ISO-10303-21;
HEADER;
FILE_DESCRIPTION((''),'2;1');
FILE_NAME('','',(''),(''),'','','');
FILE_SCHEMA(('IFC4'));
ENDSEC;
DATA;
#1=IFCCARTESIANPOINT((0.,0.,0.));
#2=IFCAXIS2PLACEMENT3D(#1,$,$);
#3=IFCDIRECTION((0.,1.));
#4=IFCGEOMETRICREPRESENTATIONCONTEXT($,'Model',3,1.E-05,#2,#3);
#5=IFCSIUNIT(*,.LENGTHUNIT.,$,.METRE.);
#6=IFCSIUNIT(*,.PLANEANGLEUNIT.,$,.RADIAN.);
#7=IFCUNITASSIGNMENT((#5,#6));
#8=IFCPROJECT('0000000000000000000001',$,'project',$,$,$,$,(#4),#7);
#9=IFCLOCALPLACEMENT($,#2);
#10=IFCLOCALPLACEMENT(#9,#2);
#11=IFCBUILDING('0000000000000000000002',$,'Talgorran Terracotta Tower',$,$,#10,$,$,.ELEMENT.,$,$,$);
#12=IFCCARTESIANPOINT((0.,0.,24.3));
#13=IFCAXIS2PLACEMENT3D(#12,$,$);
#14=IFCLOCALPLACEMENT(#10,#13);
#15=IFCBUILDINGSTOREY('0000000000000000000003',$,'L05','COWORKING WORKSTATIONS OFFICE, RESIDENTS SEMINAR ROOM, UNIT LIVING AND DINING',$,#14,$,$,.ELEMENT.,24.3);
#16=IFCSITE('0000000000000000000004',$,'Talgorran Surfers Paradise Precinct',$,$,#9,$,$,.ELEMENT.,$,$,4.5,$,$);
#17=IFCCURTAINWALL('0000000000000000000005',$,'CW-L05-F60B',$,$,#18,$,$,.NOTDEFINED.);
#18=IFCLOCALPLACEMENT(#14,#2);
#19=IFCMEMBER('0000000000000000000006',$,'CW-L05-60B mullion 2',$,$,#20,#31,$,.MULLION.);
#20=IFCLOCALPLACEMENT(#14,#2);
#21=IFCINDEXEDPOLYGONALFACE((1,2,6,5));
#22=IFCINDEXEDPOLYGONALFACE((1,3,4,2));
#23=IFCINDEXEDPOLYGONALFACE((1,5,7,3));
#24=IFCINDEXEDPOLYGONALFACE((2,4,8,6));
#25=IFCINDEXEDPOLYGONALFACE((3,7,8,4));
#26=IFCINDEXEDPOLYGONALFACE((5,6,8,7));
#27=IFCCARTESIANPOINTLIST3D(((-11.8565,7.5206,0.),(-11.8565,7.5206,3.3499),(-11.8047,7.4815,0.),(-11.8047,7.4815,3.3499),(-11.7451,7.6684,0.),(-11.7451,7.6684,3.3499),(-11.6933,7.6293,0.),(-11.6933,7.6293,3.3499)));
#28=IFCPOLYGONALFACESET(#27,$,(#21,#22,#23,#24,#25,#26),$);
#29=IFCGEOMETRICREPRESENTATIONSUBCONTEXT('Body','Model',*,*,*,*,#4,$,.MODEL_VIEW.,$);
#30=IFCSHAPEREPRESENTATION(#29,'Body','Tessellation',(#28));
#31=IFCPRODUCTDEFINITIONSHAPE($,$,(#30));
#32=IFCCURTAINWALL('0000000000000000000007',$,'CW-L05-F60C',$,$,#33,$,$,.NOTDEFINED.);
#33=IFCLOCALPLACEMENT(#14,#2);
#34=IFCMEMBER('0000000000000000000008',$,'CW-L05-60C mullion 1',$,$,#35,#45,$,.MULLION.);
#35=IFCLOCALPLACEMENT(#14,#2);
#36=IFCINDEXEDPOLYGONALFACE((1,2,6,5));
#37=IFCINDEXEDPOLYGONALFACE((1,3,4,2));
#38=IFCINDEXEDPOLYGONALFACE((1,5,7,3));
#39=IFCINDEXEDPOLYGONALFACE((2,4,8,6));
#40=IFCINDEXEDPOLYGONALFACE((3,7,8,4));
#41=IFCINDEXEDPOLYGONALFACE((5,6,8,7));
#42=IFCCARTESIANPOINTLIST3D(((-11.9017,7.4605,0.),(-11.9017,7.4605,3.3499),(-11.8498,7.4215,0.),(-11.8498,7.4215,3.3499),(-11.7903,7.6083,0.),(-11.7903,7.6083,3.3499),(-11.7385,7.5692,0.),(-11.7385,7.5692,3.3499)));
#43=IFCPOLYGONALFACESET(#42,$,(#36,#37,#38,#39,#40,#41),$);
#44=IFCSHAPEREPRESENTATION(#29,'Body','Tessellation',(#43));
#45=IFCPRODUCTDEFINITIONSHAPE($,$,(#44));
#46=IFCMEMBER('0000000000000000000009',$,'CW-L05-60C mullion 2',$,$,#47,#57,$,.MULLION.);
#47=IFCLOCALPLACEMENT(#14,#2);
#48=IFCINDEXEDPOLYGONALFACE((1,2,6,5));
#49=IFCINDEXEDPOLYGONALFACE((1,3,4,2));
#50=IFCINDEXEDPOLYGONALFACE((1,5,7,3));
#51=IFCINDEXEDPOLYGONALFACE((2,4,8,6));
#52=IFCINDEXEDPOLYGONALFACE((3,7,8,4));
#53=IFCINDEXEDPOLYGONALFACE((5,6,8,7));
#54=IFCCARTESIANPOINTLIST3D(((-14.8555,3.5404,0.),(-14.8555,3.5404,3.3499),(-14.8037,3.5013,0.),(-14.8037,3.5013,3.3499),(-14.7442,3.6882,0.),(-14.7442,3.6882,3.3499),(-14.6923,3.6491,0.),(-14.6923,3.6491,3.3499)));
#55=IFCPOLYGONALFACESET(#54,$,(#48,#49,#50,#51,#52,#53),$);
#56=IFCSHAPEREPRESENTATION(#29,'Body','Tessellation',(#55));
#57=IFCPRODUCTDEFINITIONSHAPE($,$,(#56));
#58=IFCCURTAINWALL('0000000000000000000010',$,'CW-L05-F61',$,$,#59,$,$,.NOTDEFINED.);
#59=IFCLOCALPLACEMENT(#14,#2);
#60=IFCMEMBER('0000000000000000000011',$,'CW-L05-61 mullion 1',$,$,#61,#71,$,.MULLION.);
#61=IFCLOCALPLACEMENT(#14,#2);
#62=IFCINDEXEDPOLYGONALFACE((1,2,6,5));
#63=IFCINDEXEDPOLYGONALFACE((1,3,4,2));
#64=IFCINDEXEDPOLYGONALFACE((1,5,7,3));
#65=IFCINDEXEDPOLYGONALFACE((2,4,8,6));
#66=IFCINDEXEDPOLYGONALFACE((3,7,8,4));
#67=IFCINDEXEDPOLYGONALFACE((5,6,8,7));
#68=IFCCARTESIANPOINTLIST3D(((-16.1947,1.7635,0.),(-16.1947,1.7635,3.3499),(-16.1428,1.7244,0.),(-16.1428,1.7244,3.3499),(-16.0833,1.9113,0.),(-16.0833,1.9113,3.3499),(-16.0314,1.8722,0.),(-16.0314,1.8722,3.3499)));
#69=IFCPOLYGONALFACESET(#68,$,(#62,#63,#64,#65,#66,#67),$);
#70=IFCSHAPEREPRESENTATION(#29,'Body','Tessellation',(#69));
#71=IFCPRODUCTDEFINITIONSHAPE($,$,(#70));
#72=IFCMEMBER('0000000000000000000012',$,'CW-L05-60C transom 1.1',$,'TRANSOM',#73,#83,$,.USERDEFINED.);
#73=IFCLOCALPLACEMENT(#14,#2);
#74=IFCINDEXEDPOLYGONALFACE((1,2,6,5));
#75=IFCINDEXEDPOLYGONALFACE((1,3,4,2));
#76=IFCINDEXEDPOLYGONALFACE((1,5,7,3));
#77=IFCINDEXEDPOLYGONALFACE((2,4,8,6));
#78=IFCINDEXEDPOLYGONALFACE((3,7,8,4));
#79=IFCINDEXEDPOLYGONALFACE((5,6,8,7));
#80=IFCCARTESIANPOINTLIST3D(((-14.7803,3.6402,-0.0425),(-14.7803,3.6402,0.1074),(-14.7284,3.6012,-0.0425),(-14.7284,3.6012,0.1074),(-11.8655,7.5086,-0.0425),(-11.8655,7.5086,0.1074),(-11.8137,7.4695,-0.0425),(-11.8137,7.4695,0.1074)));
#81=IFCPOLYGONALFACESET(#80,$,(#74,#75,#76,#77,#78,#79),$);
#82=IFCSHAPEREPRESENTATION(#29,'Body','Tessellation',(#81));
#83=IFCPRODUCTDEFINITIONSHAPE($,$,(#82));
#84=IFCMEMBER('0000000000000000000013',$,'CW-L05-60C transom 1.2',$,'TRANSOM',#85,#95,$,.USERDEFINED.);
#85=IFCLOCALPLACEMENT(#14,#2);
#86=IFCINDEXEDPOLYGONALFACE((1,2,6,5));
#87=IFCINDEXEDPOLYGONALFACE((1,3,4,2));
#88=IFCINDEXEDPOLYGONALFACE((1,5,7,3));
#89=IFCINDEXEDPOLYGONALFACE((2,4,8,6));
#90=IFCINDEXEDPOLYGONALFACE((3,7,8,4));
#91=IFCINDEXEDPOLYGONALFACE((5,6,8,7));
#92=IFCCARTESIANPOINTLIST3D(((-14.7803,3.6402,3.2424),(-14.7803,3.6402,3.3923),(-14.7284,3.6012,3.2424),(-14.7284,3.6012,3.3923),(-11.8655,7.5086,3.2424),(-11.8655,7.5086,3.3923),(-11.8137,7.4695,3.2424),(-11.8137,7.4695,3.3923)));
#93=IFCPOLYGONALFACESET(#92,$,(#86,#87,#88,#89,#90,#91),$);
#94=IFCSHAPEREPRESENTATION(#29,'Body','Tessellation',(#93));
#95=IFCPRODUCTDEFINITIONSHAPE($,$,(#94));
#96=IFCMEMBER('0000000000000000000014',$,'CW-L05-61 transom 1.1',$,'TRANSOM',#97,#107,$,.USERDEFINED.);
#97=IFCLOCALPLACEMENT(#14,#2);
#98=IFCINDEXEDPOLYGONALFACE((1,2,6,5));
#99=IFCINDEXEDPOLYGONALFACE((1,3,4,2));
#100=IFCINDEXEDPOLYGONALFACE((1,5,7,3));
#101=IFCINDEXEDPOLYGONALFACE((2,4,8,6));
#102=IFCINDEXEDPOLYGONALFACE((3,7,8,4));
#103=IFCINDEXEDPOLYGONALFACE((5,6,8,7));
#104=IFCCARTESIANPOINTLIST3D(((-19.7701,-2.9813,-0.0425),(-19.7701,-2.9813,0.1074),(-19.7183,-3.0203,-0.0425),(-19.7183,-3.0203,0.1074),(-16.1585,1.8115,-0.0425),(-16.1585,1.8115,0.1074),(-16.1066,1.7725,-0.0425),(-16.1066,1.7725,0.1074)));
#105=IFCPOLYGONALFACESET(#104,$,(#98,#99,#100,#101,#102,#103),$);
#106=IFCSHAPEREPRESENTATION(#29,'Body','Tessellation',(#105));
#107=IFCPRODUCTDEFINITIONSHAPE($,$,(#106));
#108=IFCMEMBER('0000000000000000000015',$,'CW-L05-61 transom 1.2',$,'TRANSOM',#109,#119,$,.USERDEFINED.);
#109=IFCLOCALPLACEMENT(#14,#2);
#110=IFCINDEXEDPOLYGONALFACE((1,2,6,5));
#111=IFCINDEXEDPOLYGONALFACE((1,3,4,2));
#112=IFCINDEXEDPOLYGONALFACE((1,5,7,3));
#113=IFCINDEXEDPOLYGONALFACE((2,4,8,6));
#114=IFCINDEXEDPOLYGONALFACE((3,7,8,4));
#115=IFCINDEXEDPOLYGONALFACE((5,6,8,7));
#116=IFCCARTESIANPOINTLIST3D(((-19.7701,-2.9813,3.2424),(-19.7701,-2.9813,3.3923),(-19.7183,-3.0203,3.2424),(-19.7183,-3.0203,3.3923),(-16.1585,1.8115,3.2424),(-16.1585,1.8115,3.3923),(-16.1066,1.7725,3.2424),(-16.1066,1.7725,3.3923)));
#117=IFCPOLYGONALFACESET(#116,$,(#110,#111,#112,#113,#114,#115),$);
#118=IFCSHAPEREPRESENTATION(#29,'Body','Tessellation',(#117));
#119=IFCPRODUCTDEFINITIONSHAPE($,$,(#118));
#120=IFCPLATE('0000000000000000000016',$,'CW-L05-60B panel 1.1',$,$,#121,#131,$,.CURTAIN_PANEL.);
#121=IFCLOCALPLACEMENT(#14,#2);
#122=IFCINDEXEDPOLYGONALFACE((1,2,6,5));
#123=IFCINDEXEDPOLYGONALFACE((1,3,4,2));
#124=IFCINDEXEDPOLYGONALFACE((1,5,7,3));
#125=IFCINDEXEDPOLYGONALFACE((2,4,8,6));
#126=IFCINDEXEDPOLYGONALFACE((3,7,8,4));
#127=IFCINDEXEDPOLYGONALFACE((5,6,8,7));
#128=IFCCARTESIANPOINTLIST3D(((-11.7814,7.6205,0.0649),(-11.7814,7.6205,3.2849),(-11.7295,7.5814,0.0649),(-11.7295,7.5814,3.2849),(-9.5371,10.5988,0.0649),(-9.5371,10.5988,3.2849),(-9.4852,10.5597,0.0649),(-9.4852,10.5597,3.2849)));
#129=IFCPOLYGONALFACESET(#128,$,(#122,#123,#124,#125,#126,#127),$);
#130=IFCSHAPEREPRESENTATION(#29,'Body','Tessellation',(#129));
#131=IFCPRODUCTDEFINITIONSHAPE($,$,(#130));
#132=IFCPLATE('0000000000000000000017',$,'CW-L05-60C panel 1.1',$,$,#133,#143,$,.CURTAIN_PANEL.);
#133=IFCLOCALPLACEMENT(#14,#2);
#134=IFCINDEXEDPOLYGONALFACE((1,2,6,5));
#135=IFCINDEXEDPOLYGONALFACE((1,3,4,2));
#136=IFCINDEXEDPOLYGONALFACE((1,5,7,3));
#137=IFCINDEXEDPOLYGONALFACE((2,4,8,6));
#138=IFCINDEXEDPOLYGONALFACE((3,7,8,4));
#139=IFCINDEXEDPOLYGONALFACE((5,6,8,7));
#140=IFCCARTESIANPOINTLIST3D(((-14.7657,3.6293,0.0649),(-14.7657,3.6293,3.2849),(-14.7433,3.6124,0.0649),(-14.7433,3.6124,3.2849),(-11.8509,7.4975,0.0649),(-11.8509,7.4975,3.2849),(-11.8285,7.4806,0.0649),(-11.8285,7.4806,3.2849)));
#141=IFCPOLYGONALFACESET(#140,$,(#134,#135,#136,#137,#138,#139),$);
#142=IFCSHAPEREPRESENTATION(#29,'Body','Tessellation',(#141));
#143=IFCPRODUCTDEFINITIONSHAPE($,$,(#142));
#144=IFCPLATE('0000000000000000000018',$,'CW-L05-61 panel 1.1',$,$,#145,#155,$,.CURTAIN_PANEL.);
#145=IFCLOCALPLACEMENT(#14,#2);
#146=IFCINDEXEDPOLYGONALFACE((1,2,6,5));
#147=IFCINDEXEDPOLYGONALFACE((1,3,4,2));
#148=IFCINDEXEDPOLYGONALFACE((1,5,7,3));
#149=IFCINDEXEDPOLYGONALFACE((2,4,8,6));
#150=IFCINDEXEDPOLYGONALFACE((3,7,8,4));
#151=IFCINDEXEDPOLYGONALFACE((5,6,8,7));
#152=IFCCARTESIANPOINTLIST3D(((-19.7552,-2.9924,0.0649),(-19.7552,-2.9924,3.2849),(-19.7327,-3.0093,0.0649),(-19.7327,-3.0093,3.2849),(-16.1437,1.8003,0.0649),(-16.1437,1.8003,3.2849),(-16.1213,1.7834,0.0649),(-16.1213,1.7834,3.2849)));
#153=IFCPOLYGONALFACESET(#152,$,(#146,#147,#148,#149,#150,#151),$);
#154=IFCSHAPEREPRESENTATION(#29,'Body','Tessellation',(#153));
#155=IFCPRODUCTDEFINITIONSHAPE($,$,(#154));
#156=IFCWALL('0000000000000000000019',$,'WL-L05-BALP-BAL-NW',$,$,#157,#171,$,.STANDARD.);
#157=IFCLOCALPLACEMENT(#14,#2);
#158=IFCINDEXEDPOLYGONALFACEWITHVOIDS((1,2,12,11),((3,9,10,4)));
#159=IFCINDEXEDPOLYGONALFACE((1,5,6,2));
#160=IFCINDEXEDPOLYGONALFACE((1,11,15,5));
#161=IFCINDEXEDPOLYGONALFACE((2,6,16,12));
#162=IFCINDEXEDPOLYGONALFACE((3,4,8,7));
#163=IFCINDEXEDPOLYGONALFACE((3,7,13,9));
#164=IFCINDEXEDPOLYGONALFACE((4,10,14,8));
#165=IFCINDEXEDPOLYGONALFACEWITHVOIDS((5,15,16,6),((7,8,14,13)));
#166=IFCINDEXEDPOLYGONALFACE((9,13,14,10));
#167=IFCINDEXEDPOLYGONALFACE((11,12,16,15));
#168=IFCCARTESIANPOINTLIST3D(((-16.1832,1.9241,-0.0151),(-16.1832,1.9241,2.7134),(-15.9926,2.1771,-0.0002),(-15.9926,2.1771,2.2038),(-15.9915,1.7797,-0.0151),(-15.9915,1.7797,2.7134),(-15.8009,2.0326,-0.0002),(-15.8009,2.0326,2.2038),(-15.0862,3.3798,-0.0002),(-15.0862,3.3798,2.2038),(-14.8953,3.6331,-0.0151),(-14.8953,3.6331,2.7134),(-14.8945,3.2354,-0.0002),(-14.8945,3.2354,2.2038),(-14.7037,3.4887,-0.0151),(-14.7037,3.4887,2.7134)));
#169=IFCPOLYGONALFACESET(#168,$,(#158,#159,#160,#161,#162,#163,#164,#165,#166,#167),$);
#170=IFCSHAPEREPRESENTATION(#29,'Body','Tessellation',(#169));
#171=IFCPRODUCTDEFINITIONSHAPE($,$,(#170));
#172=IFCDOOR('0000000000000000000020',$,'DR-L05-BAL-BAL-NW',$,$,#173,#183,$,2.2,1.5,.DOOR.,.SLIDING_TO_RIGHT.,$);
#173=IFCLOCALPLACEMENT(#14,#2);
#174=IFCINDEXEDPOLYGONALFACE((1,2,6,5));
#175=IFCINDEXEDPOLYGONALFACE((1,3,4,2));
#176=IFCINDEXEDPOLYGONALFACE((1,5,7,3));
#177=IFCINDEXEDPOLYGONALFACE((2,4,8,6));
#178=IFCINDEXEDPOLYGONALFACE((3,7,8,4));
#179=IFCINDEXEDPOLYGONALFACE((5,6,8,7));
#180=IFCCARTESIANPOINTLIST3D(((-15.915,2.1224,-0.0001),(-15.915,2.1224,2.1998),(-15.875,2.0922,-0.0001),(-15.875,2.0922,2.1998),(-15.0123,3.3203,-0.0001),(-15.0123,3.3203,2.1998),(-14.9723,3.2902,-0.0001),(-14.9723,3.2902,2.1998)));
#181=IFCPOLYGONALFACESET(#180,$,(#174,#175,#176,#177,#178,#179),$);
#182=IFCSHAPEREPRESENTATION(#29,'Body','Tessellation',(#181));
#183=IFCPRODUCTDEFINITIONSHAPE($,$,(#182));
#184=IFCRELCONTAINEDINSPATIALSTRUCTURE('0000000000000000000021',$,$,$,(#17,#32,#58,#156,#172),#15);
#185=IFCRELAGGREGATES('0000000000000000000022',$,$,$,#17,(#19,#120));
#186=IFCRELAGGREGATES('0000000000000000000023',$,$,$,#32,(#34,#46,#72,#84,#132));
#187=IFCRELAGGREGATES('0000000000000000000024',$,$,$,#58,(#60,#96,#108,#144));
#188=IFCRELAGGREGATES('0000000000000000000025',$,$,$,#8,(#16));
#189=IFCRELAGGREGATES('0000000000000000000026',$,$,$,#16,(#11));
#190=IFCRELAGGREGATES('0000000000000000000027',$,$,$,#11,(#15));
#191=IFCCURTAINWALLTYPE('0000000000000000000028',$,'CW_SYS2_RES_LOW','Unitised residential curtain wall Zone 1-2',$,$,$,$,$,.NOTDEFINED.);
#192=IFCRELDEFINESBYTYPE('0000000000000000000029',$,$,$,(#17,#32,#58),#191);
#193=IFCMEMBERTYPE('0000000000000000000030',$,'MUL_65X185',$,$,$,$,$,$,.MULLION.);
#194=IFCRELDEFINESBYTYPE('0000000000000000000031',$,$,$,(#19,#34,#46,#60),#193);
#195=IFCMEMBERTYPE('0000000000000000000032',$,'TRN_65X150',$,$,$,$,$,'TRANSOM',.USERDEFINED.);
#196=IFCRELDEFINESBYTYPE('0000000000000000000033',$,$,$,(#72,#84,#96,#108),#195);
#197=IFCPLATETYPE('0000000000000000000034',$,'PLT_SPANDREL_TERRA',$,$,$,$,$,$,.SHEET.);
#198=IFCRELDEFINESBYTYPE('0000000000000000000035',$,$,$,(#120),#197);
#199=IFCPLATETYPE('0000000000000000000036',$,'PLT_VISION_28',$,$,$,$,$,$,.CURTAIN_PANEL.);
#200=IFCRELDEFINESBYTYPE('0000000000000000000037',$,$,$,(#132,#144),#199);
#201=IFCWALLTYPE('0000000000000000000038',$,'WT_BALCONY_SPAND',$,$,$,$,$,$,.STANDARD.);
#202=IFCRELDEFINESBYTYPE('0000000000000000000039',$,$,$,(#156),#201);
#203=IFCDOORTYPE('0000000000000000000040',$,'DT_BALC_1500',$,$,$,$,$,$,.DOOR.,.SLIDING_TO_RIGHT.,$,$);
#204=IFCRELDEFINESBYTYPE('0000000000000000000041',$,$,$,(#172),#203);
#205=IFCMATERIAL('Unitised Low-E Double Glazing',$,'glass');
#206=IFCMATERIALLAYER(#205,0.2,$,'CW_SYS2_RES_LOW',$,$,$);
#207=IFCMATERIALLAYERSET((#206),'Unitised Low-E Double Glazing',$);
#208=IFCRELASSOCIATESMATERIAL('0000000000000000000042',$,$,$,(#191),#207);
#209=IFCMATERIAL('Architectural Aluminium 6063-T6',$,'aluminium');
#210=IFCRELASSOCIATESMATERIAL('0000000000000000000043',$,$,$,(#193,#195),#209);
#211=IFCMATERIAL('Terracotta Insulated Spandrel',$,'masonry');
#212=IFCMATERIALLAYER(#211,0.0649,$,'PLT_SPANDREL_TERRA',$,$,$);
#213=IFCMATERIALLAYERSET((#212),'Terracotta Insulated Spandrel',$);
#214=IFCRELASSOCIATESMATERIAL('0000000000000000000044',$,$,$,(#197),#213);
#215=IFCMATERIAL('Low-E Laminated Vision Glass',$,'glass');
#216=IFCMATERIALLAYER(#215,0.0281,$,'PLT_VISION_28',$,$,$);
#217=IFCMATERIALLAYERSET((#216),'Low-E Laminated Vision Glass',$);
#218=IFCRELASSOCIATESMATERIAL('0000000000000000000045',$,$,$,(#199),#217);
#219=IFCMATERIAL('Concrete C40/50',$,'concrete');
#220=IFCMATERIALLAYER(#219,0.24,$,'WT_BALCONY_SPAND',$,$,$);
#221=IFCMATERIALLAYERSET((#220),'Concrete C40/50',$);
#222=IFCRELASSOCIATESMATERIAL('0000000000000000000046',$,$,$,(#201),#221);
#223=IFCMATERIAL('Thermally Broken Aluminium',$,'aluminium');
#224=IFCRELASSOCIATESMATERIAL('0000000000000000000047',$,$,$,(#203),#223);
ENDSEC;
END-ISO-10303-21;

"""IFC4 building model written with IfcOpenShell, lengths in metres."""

from ifc_helpers import new_model, si_unit, direction, frame, frame_2d, origin, origin_2d, place, context, subcontext, project, spatial, rectangle, extrude, source, transform, mapped, material, layer, layer_set, material_profile, profile_set, type_object, type_shapes, element, fill, aggregate, save


model = new_model("IFC4")

# Units and contexts
model_context = context("Model", 3, precision=1e-05, world=origin(), true_north=direction((0.0, 1.0)))
body_context = subcontext(model_context, "Body", "Model", "MODEL_VIEW")
ifc_project = project(units=[si_unit("LENGTHUNIT", "METRE"), si_unit("PLANEANGLEUNIT", "RADIAN")], contexts=[model_context])

# Site, building, storey
site_placement = place(None, origin())
site = spatial("IfcSite", under=ifc_project, at=site_placement, Name="Talgorran Surfers Paradise Precinct", CompositionType="ELEMENT", RefElevation=4.5)
building_placement = place(site_placement, origin())
building = spatial("IfcBuilding", under=site, at=building_placement, Name="Talgorran Terracotta Tower", CompositionType="ELEMENT")
storey_placement = place(building_placement, frame((0.0, 0.0, 24.3)))
storey = spatial("IfcBuildingStorey", under=building, at=storey_placement, Name="L05", Description="COWORKING WORKSTATIONS OFFICE, RESIDENTS SEMINAR ROOM, UNIT LIVING AND DINING", CompositionType="ELEMENT", Elevation=24.3)

# Curtain wall, member
ifc_material_1 = material(Name="Unitised Low-E Double Glazing", Category="glass")
ifc_layer_1 = layer(ifc_material_1, 0.2, Name="CW_SYS2_RES_LOW")
ifc_layer_set_1 = layer_set([ifc_layer_1], Name="Unitised Low-E Double Glazing")
curtain_wall_type = type_object("IfcCurtainWallType", Name="CW_SYS2_RES_LOW", Description="Unitised residential curtain wall Zone 1-2", PredefinedType="NOTDEFINED", material=ifc_layer_set_1)
curtain_wall_1_placement = place(storey_placement, origin())
curtain_wall_1 = element("IfcCurtainWall", 1, at=curtain_wall_1_placement, inside=storey, type_object=curtain_wall_type, Name="CW-L05-F60B", PredefinedType="NOTDEFINED")
ifc_material_2 = material(Name="Architectural Aluminium 6063-T6", Category="aluminium")
ifc_material_profile_1 = material_profile(ifc_material_2, rectangle(XDim=0.0649, YDim=0.1851, at=origin_2d()), Name="CWM65X185")
ifc_profile_set_1 = profile_set([ifc_material_profile_1], Name="Architectural Aluminium 6063-T6")
member_type_1 = type_object("IfcMemberType", Name="MUL_65X185", PredefinedType="MULLION", material=ifc_profile_set_1)
member_1_placement = place(storey_placement, frame((-11.7749, 7.575, 0.0), z_axis=(0.0, 0.0, 1.0), x_axis=(0.798636, -0.601814, 0.0)))
member_1 = element("IfcMember", 2, at=member_1_placement, type_object=member_type_1, Name="CW-L05-60B mullion 2", PredefinedType="MULLION", context=body_context, shape_type="SweptSolid", body=[
    extrude(rectangle(XDim=0.0649, YDim=0.1851, at=origin_2d()), origin(), (0.0, 0.0, 1.0), 3.3499),
])

# Curtain wall, members
curtain_wall_2_placement = place(storey_placement, origin())
curtain_wall_2 = element("IfcCurtainWall", 3, at=curtain_wall_2_placement, inside=storey, type_object=curtain_wall_type, Name="CW-L05-F60C", PredefinedType="NOTDEFINED")
member_2_placement = place(storey_placement, frame((-11.8201, 7.5149, 0.0), z_axis=(0.0, 0.0, 1.0), x_axis=(0.798644, -0.601803, 0.0)))
member_2 = element("IfcMember", 4, at=member_2_placement, type_object=member_type_1, Name="CW-L05-60C mullion 1", PredefinedType="MULLION", context=body_context, shape_type="SweptSolid", body=[
    extrude(rectangle(XDim=0.0649, YDim=0.1851, at=origin_2d()), origin(), (0.0, 0.0, 1.0), 3.3499),
])
member_3_placement = place(storey_placement, frame((-14.7739, 3.5947, 0.0), z_axis=(0.0, 0.0, 1.0), x_axis=(0.798644, -0.601803, 0.0)))
member_3 = element("IfcMember", 5, at=member_3_placement, type_object=member_type_1, Name="CW-L05-60C mullion 2", PredefinedType="MULLION", context=body_context, shape_type="SweptSolid", body=[
    extrude(rectangle(XDim=0.0649, YDim=0.1851, at=origin_2d()), origin(), (0.0, 0.0, 1.0), 3.3499),
])

# Curtain wall, member
curtain_wall_3_placement = place(storey_placement, origin())
curtain_wall_3 = element("IfcCurtainWall", 6, at=curtain_wall_3_placement, inside=storey, type_object=curtain_wall_type, Name="CW-L05-F61", PredefinedType="NOTDEFINED")
member_4_placement = place(storey_placement, frame((-16.113, 1.8179, 0.0), z_axis=(0.0, 0.0, 1.0), x_axis=(0.798642, -0.601807, 0.0)))
member_4 = element("IfcMember", 7, at=member_4_placement, type_object=member_type_1, Name="CW-L05-61 mullion 1", PredefinedType="MULLION", context=body_context, shape_type="SweptSolid", body=[
    extrude(rectangle(XDim=0.0649, YDim=0.1851, at=origin_2d()), origin(), (0.0, 0.0, 1.0), 3.3499),
])

# Members
ifc_material_profile_2 = material_profile(ifc_material_2, rectangle(XDim=0.0649, YDim=0.1499, at=origin_2d()), Name="CWT65X150")
ifc_profile_set_2 = profile_set([ifc_material_profile_2], Name="Architectural Aluminium 6063-T6")
member_type_2 = type_object("IfcMemberType", Name="TRN_65X150", ElementType="TRANSOM", PredefinedType="USERDEFINED", material=ifc_profile_set_2)
member_5_placement = place(storey_placement, frame((-11.8396, 7.489, 0.0325), z_axis=(-0.601781, -0.798661, 0.0), x_axis=(0.798661, -0.601781, 0.0)))
member_5 = element("IfcMember", 8, at=member_5_placement, type_object=member_type_2, Name="CW-L05-60C transom 1.1", ObjectType="TRANSOM", PredefinedType="USERDEFINED", context=body_context, shape_type="SweptSolid", body=[
    extrude(rectangle(XDim=0.0649, YDim=0.1499, at=origin_2d()), origin(), (0.0, 0.0, 1.0), 4.8435),
])
member_6_placement = place(storey_placement, frame((-11.8396, 7.489, 3.3174), z_axis=(-0.601781, -0.798661, 0.0), x_axis=(0.798661, -0.601781, 0.0)))
member_6 = element("IfcMember", 9, at=member_6_placement, type_object=member_type_2, Name="CW-L05-60C transom 1.2", ObjectType="TRANSOM", PredefinedType="USERDEFINED", context=body_context, shape_type="SweptSolid", body=[
    extrude(rectangle(XDim=0.0649, YDim=0.1499, at=origin_2d()), origin(), (0.0, 0.0, 1.0), 4.8435),
])
member_7_placement = place(storey_placement, frame((-16.1326, 1.792, 0.0325), z_axis=(-0.601815, -0.798636, 0.0), x_axis=(0.798636, -0.601815, 0.0)))
member_7 = element("IfcMember", 10, at=member_7_placement, type_object=member_type_2, Name="CW-L05-61 transom 1.1", ObjectType="TRANSOM", PredefinedType="USERDEFINED", context=body_context, shape_type="SweptSolid", body=[
    extrude(rectangle(XDim=0.0649, YDim=0.1499, at=origin_2d()), origin(), (0.0, 0.0, 1.0), 6.0012),
])
member_8_placement = place(storey_placement, frame((-16.1326, 1.792, 3.3174), z_axis=(-0.601815, -0.798636, 0.0), x_axis=(0.798636, -0.601815, 0.0)))
member_8 = element("IfcMember", 11, at=member_8_placement, type_object=member_type_2, Name="CW-L05-61 transom 1.2", ObjectType="TRANSOM", PredefinedType="USERDEFINED", context=body_context, shape_type="SweptSolid", body=[
    extrude(rectangle(XDim=0.0649, YDim=0.1499, at=origin_2d()), origin(), (0.0, 0.0, 1.0), 6.0012),
])

# Plates
ifc_material_3 = material(Name="Terracotta Insulated Spandrel", Category="masonry")
ifc_layer_2 = layer(ifc_material_3, 0.0649, Name="PLT_SPANDREL_TERRA")
ifc_layer_set_2 = layer_set([ifc_layer_2], Name="Terracotta Insulated Spandrel")
plate_type_1 = type_object("IfcPlateType", Name="PLT_SPANDREL_TERRA", PredefinedType="SHEET", material=ifc_layer_set_2)
shared_shape_1 = source(origin(), body_context, "Body", "SweptSolid", [
    extrude(rectangle(XDim=3.7292, YDim=0.0649, at=origin_2d()), origin(), (0.0, 0.0, 1.0), 3.22),
])
type_shapes(plate_type_1, [shared_shape_1])
plate_1_placement = place(storey_placement, frame((-10.6333, 9.0901, 0.0649), z_axis=(0.0, 0.0, 1.0), x_axis=(-0.601814, -0.798636, 0.0)))
plate_1 = element("IfcPlate", 12, at=plate_1_placement, type_object=plate_type_1, Name="CW-L05-60B panel 1.1", PredefinedType="CURTAIN_PANEL", context=body_context, shape_type="MappedRepresentation", body=[
    mapped(shared_shape_1, transform((0.0, 0.0, 0.0), scale=1.0)),
])
aggregate(curtain_wall_1, [member_1, plate_1])
ifc_material_4 = material(Name="Low-E Laminated Vision Glass", Category="glass")
ifc_layer_3 = layer(ifc_material_4, 0.0281, Name="PLT_VISION_28")
ifc_layer_set_3 = layer_set([ifc_layer_3], Name="Low-E Laminated Vision Glass")
plate_type_2 = type_object("IfcPlateType", Name="PLT_VISION_28", PredefinedType="CURTAIN_PANEL", material=ifc_layer_set_3)
shared_shape_2 = source(origin(), body_context, "Body", "SweptSolid", [
    extrude(rectangle(XDim=4.8435, YDim=0.0281, at=origin_2d()), origin(), (0.0, 0.0, 1.0), 3.22),
])
plate_2_placement = place(storey_placement, frame((-13.2971, 5.5549, 0.0649), z_axis=(0.0, 0.0, 1.0), x_axis=(-0.601803, -0.798644, 0.0)))
plate_2 = element("IfcPlate", 13, at=plate_2_placement, type_object=plate_type_2, Name="CW-L05-60C panel 1.1", PredefinedType="CURTAIN_PANEL", context=body_context, shape_type="MappedRepresentation", body=[
    mapped(shared_shape_2, transform((0.0, 0.0, 0.0), scale=1.0)),
])
aggregate(curtain_wall_2, [member_2, member_3, member_5, member_6, plate_2])
shared_shape_3 = source(origin(), body_context, "Body", "SweptSolid", [
    extrude(rectangle(XDim=6.001, YDim=0.0281, at=origin_2d()), origin(), (0.0, 0.0, 1.0), 3.22),
])
type_shapes(plate_type_2, [shared_shape_2, shared_shape_3])
plate_3_placement = place(storey_placement, frame((-17.9382, -0.6045, 0.0649), z_axis=(0.0, 0.0, 1.0), x_axis=(-0.601807, -0.798642, 0.0)))
plate_3 = element("IfcPlate", 14, at=plate_3_placement, type_object=plate_type_2, Name="CW-L05-61 panel 1.1", PredefinedType="CURTAIN_PANEL", context=body_context, shape_type="MappedRepresentation", body=[
    mapped(shared_shape_3, transform((0.0, 0.0, 0.0), scale=1.0)),
])
aggregate(curtain_wall_3, [member_4, member_7, member_8, plate_3])

# Wall, opening, door
ifc_material_5 = material(Name="Concrete C40/50", Category="concrete")
ifc_layer_4 = layer(ifc_material_5, 0.24, Name="WT_BALCONY_SPAND")
ifc_layer_set_4 = layer_set([ifc_layer_4], Name="Concrete C40/50")
wall_type_1 = type_object("IfcWallType", Name="WT_BALCONY_SPAND", PredefinedType="STANDARD", material=ifc_layer_set_4)
wall_1_placement = place(storey_placement, frame((-14.7996, 3.5608, -0.0151), z_axis=(0.0, 0.0, 1.0), x_axis=(-0.601824, -0.798629, 0.0)))
wall_1 = element("IfcWall", 15, at=wall_1_placement, inside=storey, type_object=wall_type_1, Name="WL-L05-BALP-BAL-NW", PredefinedType="STANDARD", context=body_context, shape_type="SweptSolid", body=[
    extrude(rectangle(XDim=2.1399, YDim=0.24, at=frame_2d((1.0698, 0.0))), origin(), (0.0, 0.0, 1.0), 2.7285),
])
opening_placement = place(wall_1_placement, frame((0.3201, 0.0, 0.0149)))
opening = element("IfcOpeningElement", 16, at=opening_placement, cuts=wall_1, PredefinedType="OPENING", context=body_context, shape_type="SweptSolid", body=[
    extrude(rectangle(XDim=1.506, YDim=2.204, at=frame_2d((0.75, 1.1021))), frame((0.0, 0.1299, 0.0), z_axis=(0.0, -1.0, 0.0), x_axis=(1.0, 0.0, 0.0)), (0.0, 0.0, 1.0), 0.26),
])
ifc_material_6 = material(Name="Thermally Broken Aluminium", Category="aluminium")
door_type = type_object("IfcDoorType", Name="DT_BALC_1500", OperationType="SLIDING_TO_RIGHT", PredefinedType="DOOR", material=ifc_material_6)
door_placement = place(opening_placement, origin())
door = element("IfcDoor", 17, at=door_placement, inside=storey, type_object=door_type, Name="DR-L05-BAL-BAL-NW", OperationType="SLIDING_TO_RIGHT", OverallHeight=2.2, OverallWidth=1.5, PredefinedType="DOOR", context=body_context, shape_type="SweptSolid", body=[
    extrude(rectangle(XDim=1.5, YDim=2.2, at=frame_2d((0.75, 1.1001))), frame((0.0, 0.0249, 0.0), z_axis=(0.0, -1.0, 0.0), x_axis=(1.0, 0.0, 0.0)), (0.0, 0.0, 1.0), 0.05),
])
fill(opening, door)

save(model, "model.ifc")
